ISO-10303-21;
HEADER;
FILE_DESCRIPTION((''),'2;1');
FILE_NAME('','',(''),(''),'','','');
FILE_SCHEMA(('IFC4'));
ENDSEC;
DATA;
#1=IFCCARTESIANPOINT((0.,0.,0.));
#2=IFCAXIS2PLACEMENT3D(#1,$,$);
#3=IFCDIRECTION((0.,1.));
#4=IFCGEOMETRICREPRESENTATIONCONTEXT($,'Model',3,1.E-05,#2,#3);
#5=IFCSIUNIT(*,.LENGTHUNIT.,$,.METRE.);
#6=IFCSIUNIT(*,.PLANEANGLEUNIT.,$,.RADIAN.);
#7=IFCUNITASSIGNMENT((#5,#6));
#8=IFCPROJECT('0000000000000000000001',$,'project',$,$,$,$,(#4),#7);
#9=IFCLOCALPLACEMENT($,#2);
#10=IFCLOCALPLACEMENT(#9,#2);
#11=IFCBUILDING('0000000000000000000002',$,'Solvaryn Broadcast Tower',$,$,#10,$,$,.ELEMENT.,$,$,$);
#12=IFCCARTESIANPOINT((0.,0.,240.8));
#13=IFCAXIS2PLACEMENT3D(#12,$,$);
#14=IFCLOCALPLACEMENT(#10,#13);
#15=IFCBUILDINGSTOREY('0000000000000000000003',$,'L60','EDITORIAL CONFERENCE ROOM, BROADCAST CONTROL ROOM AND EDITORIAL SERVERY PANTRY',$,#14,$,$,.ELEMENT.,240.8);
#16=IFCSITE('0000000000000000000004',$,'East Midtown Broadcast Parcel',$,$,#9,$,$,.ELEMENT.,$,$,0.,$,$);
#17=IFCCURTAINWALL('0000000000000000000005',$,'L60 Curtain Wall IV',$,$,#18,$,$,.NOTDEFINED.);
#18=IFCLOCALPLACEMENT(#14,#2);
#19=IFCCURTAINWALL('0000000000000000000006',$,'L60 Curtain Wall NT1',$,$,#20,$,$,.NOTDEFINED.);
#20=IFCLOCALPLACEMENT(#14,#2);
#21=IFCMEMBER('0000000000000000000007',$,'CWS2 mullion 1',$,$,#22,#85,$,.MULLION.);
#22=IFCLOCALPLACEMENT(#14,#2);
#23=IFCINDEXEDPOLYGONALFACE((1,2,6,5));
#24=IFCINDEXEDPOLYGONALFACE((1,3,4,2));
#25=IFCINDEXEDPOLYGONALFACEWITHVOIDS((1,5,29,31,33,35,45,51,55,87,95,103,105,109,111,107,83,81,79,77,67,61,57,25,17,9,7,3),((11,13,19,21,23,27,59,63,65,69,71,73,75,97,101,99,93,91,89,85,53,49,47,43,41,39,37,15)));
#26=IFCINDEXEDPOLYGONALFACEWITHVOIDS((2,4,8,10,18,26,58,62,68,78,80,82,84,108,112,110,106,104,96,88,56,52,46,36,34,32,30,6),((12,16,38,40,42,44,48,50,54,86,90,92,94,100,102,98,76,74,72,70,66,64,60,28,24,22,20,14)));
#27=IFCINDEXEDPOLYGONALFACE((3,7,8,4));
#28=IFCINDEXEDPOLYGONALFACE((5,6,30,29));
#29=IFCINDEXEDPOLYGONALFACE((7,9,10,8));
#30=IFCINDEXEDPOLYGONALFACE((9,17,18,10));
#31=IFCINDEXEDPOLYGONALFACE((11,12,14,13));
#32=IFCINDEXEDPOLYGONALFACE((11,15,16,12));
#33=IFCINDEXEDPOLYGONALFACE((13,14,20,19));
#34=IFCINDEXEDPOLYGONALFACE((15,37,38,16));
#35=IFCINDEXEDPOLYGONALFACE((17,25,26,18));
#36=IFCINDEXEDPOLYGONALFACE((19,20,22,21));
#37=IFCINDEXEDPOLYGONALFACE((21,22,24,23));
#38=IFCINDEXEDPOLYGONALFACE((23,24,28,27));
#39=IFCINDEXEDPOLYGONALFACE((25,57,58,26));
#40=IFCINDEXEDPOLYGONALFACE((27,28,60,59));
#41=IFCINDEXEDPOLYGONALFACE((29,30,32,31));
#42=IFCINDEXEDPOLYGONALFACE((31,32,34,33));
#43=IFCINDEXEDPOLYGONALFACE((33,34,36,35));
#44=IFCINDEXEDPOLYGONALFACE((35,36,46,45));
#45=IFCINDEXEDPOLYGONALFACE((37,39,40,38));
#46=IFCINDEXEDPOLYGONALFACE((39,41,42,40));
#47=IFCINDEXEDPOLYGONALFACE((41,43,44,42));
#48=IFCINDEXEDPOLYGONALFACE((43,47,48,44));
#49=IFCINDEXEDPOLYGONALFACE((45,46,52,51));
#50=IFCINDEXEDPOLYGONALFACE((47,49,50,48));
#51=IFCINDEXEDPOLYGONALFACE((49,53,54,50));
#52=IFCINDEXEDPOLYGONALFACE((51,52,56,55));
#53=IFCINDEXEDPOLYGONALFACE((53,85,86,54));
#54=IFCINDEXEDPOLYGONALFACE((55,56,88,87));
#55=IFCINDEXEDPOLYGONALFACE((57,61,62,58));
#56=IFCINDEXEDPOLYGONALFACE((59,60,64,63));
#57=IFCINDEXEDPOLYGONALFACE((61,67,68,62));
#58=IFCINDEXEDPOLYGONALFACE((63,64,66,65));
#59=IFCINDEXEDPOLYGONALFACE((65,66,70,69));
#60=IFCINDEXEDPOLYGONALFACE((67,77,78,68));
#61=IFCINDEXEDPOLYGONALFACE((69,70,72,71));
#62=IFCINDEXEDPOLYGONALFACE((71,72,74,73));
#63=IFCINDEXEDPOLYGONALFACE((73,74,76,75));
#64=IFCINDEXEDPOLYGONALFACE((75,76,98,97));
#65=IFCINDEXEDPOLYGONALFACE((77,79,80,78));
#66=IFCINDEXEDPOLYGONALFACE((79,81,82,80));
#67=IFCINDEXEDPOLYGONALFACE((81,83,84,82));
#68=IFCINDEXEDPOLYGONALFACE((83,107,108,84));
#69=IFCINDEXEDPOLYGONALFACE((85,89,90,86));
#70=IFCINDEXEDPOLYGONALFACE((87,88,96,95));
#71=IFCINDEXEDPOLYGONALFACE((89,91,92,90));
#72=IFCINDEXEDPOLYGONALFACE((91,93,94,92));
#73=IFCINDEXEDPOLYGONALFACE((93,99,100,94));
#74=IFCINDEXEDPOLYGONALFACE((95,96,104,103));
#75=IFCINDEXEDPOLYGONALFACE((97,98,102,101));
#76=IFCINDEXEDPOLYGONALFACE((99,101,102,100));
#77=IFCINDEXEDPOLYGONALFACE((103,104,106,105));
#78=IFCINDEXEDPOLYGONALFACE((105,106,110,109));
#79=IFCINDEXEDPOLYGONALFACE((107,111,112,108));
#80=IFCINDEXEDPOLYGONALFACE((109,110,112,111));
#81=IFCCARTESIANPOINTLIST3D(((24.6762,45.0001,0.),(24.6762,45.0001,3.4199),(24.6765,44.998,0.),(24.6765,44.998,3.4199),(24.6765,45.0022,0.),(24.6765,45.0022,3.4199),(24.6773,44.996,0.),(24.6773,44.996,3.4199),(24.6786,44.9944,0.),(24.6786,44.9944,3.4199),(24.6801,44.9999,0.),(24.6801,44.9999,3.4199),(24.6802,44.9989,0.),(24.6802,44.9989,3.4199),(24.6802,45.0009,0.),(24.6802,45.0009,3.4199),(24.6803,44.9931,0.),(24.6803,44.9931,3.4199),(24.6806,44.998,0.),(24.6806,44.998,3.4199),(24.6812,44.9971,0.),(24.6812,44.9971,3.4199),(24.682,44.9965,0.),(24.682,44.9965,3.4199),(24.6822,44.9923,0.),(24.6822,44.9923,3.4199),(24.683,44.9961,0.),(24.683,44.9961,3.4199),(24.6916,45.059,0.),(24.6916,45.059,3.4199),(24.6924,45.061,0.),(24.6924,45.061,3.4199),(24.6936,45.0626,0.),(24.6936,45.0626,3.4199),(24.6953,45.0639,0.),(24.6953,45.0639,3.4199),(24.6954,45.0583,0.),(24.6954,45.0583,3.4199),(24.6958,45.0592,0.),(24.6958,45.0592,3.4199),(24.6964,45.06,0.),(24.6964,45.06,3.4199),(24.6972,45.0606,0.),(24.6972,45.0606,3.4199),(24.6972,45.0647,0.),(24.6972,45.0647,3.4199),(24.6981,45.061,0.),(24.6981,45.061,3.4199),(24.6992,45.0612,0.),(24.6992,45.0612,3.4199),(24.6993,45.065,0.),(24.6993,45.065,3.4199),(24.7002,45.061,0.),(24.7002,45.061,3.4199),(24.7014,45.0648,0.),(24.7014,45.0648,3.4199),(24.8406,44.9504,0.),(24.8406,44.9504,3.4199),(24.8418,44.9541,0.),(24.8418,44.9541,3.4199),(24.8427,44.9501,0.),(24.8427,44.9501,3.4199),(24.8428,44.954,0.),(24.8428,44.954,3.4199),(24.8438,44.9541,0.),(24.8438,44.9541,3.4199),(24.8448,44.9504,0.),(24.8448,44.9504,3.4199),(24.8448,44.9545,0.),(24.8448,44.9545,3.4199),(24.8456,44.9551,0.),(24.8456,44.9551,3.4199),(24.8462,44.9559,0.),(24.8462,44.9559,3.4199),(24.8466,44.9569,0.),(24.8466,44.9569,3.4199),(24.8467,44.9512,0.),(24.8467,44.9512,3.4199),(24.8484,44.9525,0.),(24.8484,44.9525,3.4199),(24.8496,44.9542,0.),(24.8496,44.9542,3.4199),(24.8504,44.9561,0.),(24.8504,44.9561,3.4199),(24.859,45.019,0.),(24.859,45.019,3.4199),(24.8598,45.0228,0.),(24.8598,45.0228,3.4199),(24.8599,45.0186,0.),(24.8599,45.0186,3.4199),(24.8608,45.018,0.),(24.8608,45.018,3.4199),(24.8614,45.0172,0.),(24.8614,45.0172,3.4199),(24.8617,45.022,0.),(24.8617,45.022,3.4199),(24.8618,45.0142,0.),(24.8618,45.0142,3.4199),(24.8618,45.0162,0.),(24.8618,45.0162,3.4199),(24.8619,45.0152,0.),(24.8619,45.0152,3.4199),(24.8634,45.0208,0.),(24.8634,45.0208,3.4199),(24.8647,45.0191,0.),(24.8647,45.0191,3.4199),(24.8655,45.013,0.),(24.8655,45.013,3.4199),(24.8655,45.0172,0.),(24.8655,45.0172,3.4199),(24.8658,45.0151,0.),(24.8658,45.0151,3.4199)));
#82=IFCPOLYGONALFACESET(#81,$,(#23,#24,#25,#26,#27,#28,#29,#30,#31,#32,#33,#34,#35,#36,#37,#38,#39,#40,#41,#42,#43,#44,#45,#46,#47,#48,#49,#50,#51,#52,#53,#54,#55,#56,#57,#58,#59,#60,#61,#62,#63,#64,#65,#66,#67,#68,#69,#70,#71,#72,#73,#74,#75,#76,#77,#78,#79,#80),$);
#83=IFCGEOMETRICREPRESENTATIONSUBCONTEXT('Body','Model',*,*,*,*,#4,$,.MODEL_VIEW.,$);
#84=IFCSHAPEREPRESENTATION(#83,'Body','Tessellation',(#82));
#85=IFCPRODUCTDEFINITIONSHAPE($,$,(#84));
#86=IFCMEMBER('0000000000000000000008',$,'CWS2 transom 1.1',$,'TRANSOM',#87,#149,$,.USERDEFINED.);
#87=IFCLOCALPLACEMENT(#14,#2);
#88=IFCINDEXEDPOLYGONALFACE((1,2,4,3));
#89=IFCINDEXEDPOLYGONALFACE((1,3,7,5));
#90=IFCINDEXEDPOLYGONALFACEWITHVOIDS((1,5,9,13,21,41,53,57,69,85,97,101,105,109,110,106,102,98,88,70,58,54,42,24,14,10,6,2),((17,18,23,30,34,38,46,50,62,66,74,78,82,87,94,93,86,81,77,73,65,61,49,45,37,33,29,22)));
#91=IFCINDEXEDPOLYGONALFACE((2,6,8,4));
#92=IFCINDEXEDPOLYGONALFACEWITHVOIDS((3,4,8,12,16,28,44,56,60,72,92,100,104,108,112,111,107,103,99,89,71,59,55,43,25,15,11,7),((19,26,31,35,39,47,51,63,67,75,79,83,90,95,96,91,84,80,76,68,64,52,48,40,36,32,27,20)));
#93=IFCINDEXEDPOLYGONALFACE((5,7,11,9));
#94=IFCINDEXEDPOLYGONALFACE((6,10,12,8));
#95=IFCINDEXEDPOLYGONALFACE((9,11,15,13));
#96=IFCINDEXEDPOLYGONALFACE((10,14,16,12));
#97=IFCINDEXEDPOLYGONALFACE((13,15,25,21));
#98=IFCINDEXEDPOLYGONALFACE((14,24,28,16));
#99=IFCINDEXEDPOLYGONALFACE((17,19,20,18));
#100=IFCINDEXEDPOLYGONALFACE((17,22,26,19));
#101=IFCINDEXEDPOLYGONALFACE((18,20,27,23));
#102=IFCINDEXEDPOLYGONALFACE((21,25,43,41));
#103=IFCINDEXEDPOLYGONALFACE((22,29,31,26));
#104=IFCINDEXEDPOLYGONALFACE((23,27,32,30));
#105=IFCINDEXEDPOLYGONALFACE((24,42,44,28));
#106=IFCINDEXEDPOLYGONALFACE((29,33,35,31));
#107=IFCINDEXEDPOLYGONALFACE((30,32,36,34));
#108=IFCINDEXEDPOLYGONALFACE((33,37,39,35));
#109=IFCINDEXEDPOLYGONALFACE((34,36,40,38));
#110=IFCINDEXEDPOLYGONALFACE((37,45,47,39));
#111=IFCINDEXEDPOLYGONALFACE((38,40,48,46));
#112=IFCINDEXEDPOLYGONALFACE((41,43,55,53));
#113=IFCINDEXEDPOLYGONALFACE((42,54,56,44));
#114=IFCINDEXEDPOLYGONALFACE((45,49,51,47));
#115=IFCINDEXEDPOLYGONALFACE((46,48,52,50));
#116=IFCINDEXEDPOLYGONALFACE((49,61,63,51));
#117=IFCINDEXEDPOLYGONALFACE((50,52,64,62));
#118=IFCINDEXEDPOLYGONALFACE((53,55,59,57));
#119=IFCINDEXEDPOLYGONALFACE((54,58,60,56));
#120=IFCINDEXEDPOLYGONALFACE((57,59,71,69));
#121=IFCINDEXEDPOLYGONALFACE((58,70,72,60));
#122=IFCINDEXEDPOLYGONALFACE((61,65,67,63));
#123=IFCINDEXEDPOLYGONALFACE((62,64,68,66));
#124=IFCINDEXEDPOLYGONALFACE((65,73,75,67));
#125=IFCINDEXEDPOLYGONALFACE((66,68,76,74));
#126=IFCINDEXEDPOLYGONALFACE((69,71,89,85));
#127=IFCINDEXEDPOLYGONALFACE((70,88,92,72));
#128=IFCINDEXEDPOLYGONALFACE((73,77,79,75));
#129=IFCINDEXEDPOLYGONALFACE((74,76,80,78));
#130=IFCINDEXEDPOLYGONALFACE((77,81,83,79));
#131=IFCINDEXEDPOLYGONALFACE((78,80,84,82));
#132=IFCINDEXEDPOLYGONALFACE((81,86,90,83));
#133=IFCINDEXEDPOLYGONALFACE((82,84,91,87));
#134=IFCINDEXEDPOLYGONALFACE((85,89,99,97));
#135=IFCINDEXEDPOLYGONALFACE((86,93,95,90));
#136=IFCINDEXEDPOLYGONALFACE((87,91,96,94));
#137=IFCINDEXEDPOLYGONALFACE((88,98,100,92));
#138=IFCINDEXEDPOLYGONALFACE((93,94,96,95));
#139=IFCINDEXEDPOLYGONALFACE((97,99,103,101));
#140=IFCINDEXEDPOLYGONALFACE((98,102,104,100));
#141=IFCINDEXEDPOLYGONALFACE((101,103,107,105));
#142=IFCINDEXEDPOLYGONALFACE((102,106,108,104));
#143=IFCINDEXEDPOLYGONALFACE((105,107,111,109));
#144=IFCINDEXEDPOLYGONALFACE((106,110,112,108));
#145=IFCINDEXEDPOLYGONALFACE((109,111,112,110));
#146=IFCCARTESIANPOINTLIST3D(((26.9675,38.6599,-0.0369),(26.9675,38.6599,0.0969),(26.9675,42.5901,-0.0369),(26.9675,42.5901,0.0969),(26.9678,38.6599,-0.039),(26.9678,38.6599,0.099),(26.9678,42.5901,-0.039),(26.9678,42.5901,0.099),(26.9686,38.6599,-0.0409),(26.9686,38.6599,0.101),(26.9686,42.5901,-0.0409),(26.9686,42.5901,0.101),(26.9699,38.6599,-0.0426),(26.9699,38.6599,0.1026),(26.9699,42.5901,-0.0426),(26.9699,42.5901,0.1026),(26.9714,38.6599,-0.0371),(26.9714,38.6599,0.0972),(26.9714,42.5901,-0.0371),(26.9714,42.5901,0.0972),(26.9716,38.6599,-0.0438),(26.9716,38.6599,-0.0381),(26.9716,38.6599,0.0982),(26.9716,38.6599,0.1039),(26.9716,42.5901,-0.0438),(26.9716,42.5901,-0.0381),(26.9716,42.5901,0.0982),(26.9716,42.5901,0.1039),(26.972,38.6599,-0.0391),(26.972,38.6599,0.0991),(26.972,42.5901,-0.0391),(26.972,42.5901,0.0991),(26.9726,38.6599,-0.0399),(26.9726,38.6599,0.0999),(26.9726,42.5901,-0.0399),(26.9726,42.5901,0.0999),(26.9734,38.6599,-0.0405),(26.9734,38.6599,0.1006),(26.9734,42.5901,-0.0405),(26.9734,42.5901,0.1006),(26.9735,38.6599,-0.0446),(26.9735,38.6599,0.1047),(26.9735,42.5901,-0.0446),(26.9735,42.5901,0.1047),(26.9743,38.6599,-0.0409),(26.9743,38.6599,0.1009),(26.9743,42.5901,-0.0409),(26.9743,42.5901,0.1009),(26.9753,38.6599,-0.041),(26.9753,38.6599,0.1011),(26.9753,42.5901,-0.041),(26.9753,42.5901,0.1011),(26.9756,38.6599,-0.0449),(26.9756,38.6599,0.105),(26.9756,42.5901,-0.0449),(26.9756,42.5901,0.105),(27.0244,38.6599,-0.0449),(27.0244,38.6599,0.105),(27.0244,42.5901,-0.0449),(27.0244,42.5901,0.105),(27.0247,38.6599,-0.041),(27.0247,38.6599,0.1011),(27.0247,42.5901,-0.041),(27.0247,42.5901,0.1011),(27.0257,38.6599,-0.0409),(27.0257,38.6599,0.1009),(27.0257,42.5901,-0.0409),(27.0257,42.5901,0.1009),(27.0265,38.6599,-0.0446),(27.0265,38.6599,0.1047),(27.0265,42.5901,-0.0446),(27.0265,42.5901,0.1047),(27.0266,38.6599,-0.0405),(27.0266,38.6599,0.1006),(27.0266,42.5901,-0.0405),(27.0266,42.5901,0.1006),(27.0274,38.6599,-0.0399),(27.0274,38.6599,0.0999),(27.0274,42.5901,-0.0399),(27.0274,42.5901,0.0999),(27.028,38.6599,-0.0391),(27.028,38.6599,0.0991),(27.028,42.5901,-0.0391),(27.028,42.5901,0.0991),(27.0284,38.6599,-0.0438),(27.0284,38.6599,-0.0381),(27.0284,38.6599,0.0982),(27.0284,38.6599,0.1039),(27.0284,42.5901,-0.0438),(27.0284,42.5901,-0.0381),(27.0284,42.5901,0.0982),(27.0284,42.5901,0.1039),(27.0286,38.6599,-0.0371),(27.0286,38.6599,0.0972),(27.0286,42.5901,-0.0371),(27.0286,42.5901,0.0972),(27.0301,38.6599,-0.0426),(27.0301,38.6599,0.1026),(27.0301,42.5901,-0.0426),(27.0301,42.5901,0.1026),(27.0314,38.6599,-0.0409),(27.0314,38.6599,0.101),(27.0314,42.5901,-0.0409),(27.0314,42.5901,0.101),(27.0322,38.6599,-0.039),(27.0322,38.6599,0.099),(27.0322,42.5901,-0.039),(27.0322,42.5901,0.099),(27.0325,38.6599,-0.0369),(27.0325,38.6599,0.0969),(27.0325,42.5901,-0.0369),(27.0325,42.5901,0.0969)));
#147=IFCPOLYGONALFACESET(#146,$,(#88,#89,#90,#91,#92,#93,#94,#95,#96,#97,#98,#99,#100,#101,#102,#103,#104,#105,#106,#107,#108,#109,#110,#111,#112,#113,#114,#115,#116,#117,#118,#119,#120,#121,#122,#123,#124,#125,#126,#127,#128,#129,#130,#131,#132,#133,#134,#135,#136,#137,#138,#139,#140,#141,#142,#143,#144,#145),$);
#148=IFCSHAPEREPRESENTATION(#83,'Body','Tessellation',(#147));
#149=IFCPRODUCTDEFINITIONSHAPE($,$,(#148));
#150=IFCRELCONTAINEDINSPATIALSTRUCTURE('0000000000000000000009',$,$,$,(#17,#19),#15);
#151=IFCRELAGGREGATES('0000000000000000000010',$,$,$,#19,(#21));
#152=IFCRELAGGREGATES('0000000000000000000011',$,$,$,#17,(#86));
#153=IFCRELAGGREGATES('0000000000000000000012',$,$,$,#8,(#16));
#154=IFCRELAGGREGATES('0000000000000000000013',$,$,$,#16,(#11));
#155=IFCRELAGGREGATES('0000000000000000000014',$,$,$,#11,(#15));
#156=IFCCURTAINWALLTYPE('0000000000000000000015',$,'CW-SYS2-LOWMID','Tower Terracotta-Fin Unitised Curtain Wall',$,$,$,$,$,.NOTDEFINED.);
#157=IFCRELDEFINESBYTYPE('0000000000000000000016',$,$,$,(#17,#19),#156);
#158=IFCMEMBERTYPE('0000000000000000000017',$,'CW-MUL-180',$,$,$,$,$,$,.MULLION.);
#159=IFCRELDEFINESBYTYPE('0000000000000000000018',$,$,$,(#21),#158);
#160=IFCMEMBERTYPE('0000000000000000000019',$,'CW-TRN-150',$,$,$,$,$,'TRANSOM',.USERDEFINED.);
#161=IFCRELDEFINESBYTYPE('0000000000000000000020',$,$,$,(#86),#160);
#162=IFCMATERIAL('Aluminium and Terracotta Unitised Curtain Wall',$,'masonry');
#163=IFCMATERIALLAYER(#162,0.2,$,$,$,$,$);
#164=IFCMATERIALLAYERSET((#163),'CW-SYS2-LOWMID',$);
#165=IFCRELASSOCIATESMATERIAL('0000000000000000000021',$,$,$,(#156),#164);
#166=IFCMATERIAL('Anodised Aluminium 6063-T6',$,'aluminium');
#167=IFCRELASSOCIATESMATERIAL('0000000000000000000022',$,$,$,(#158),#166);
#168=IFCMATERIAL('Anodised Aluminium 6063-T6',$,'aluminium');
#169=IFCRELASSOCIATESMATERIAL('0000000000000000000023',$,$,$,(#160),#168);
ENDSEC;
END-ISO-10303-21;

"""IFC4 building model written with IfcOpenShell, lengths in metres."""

from ifc_helpers import new_model, si_unit, direction, frame, origin, origin_2d, place, context, subcontext, project, spatial, hollow_rectangle, extrude, material, layer, layer_set, material_profile, profile_set, type_object, element, aggregate, save


model = new_model("IFC4")

# Units and contexts
model_context = context("Model", 3, precision=1e-05, world=origin(), true_north=direction((0.0, 1.0)))
body_context = subcontext(model_context, "Body", "Model", "MODEL_VIEW")
ifc_project = project(units=[si_unit("LENGTHUNIT", "METRE"), si_unit("PLANEANGLEUNIT", "RADIAN")], contexts=[model_context])

# Site, building, storey
site_placement = place(None, origin())
site = spatial("IfcSite", under=ifc_project, at=site_placement, Name="East Midtown Broadcast Parcel", CompositionType="ELEMENT", RefElevation=0.0)
building_placement = place(site_placement, origin())
building = spatial("IfcBuilding", under=site, at=building_placement, Name="Solvaryn Broadcast Tower", CompositionType="ELEMENT")
storey_placement = place(building_placement, frame((0.0, 0.0, 240.8)))
storey = spatial("IfcBuildingStorey", under=building, at=storey_placement, Name="L60", Description="EDITORIAL CONFERENCE ROOM, BROADCAST CONTROL ROOM AND EDITORIAL SERVERY PANTRY", CompositionType="ELEMENT", Elevation=240.8)

# Curtain wall
ifc_material_1 = material(Name="Aluminium and Terracotta Unitised Curtain Wall", Category="masonry")
ifc_layer_1 = layer(ifc_material_1, 0.2)
ifc_layer_set_1 = layer_set([ifc_layer_1], Name="CW-SYS2-LOWMID")
curtain_wall_type = type_object("IfcCurtainWallType", Name="CW-SYS2-LOWMID", Description="Tower Terracotta-Fin Unitised Curtain Wall", PredefinedType="NOTDEFINED", material=ifc_layer_set_1)
curtain_wall_1_placement = place(storey_placement, origin())
curtain_wall_1 = element("IfcCurtainWall", 1, at=curtain_wall_1_placement, inside=storey, type_object=curtain_wall_type, Name="L60 Curtain Wall IV", PredefinedType="NOTDEFINED")
ifc_material_2 = material(Name="Anodised Aluminium 6063-T6", Category="aluminium")
ifc_material_profile_1 = material_profile(ifc_material_2, hollow_rectangle(XDim=0.075, YDim=0.1799, WallThickness=0.0039, InnerFilletRadius=0.0039, OuterFilletRadius=0.0081, at=origin_2d()))
ifc_profile_set_1 = profile_set([ifc_material_profile_1], Name="Anodised Aluminium 6063-T6")
member_type_1 = type_object("IfcMemberType", Name="CW-MUL-180", PredefinedType="MULLION", material=ifc_profile_set_1)

# Curtain wall, member
curtain_wall_2_placement = place(storey_placement, origin())
curtain_wall_2 = element("IfcCurtainWall", 2, at=curtain_wall_2_placement, inside=storey, type_object=curtain_wall_type, Name="L60 Curtain Wall NT1", PredefinedType="NOTDEFINED")
member_1_placement = place(storey_placement, frame((24.771, 45.0076, 0.0), z_axis=(0.0, 0.0, 1.0), x_axis=(-0.255893, -0.966705, 0.0)))
member_1 = element("IfcMember", 3, at=member_1_placement, type_object=member_type_1, Name="CWS2 mullion 1", PredefinedType="MULLION", context=body_context, shape_type="SweptSolid", body=[
    extrude(hollow_rectangle(XDim=0.075, YDim=0.1799, WallThickness=0.0039, InnerFilletRadius=0.0039, OuterFilletRadius=0.0081, at=origin_2d()), origin(), (0.0, 0.0, 1.0), 3.4199),
])

# Member
ifc_material_3 = material(Name="Anodised Aluminium 6063-T6", Category="aluminium")
ifc_material_profile_2 = material_profile(ifc_material_3, hollow_rectangle(XDim=0.0649, YDim=0.1499, WallThickness=0.0039, InnerFilletRadius=0.0039, OuterFilletRadius=0.0081, at=origin_2d()))
ifc_profile_set_2 = profile_set([ifc_material_profile_2], Name="Anodised Aluminium 6063-T6")
member_type_2 = type_object("IfcMemberType", Name="CW-TRN-150", ElementType="TRANSOM", PredefinedType="USERDEFINED", material=ifc_profile_set_2)
member_2_placement = place(storey_placement, frame((27.0, 42.5901, 0.03), z_axis=(0.0, -1.0, 0.0), x_axis=(1.0, 0.0, 0.0)))
member_2 = element("IfcMember", 4, at=member_2_placement, type_object=member_type_2, Name="CWS2 transom 1.1", ObjectType="TRANSOM", PredefinedType="USERDEFINED", context=body_context, shape_type="SweptSolid", body=[
    extrude(hollow_rectangle(XDim=0.0649, YDim=0.1499, WallThickness=0.0039, InnerFilletRadius=0.0039, OuterFilletRadius=0.0081, at=origin_2d()), origin(), (0.0, 0.0, 1.0), 3.9302),
])
aggregate(curtain_wall_2, [member_1])

aggregate(curtain_wall_1, [member_2])

save(model, "model.ifc")
